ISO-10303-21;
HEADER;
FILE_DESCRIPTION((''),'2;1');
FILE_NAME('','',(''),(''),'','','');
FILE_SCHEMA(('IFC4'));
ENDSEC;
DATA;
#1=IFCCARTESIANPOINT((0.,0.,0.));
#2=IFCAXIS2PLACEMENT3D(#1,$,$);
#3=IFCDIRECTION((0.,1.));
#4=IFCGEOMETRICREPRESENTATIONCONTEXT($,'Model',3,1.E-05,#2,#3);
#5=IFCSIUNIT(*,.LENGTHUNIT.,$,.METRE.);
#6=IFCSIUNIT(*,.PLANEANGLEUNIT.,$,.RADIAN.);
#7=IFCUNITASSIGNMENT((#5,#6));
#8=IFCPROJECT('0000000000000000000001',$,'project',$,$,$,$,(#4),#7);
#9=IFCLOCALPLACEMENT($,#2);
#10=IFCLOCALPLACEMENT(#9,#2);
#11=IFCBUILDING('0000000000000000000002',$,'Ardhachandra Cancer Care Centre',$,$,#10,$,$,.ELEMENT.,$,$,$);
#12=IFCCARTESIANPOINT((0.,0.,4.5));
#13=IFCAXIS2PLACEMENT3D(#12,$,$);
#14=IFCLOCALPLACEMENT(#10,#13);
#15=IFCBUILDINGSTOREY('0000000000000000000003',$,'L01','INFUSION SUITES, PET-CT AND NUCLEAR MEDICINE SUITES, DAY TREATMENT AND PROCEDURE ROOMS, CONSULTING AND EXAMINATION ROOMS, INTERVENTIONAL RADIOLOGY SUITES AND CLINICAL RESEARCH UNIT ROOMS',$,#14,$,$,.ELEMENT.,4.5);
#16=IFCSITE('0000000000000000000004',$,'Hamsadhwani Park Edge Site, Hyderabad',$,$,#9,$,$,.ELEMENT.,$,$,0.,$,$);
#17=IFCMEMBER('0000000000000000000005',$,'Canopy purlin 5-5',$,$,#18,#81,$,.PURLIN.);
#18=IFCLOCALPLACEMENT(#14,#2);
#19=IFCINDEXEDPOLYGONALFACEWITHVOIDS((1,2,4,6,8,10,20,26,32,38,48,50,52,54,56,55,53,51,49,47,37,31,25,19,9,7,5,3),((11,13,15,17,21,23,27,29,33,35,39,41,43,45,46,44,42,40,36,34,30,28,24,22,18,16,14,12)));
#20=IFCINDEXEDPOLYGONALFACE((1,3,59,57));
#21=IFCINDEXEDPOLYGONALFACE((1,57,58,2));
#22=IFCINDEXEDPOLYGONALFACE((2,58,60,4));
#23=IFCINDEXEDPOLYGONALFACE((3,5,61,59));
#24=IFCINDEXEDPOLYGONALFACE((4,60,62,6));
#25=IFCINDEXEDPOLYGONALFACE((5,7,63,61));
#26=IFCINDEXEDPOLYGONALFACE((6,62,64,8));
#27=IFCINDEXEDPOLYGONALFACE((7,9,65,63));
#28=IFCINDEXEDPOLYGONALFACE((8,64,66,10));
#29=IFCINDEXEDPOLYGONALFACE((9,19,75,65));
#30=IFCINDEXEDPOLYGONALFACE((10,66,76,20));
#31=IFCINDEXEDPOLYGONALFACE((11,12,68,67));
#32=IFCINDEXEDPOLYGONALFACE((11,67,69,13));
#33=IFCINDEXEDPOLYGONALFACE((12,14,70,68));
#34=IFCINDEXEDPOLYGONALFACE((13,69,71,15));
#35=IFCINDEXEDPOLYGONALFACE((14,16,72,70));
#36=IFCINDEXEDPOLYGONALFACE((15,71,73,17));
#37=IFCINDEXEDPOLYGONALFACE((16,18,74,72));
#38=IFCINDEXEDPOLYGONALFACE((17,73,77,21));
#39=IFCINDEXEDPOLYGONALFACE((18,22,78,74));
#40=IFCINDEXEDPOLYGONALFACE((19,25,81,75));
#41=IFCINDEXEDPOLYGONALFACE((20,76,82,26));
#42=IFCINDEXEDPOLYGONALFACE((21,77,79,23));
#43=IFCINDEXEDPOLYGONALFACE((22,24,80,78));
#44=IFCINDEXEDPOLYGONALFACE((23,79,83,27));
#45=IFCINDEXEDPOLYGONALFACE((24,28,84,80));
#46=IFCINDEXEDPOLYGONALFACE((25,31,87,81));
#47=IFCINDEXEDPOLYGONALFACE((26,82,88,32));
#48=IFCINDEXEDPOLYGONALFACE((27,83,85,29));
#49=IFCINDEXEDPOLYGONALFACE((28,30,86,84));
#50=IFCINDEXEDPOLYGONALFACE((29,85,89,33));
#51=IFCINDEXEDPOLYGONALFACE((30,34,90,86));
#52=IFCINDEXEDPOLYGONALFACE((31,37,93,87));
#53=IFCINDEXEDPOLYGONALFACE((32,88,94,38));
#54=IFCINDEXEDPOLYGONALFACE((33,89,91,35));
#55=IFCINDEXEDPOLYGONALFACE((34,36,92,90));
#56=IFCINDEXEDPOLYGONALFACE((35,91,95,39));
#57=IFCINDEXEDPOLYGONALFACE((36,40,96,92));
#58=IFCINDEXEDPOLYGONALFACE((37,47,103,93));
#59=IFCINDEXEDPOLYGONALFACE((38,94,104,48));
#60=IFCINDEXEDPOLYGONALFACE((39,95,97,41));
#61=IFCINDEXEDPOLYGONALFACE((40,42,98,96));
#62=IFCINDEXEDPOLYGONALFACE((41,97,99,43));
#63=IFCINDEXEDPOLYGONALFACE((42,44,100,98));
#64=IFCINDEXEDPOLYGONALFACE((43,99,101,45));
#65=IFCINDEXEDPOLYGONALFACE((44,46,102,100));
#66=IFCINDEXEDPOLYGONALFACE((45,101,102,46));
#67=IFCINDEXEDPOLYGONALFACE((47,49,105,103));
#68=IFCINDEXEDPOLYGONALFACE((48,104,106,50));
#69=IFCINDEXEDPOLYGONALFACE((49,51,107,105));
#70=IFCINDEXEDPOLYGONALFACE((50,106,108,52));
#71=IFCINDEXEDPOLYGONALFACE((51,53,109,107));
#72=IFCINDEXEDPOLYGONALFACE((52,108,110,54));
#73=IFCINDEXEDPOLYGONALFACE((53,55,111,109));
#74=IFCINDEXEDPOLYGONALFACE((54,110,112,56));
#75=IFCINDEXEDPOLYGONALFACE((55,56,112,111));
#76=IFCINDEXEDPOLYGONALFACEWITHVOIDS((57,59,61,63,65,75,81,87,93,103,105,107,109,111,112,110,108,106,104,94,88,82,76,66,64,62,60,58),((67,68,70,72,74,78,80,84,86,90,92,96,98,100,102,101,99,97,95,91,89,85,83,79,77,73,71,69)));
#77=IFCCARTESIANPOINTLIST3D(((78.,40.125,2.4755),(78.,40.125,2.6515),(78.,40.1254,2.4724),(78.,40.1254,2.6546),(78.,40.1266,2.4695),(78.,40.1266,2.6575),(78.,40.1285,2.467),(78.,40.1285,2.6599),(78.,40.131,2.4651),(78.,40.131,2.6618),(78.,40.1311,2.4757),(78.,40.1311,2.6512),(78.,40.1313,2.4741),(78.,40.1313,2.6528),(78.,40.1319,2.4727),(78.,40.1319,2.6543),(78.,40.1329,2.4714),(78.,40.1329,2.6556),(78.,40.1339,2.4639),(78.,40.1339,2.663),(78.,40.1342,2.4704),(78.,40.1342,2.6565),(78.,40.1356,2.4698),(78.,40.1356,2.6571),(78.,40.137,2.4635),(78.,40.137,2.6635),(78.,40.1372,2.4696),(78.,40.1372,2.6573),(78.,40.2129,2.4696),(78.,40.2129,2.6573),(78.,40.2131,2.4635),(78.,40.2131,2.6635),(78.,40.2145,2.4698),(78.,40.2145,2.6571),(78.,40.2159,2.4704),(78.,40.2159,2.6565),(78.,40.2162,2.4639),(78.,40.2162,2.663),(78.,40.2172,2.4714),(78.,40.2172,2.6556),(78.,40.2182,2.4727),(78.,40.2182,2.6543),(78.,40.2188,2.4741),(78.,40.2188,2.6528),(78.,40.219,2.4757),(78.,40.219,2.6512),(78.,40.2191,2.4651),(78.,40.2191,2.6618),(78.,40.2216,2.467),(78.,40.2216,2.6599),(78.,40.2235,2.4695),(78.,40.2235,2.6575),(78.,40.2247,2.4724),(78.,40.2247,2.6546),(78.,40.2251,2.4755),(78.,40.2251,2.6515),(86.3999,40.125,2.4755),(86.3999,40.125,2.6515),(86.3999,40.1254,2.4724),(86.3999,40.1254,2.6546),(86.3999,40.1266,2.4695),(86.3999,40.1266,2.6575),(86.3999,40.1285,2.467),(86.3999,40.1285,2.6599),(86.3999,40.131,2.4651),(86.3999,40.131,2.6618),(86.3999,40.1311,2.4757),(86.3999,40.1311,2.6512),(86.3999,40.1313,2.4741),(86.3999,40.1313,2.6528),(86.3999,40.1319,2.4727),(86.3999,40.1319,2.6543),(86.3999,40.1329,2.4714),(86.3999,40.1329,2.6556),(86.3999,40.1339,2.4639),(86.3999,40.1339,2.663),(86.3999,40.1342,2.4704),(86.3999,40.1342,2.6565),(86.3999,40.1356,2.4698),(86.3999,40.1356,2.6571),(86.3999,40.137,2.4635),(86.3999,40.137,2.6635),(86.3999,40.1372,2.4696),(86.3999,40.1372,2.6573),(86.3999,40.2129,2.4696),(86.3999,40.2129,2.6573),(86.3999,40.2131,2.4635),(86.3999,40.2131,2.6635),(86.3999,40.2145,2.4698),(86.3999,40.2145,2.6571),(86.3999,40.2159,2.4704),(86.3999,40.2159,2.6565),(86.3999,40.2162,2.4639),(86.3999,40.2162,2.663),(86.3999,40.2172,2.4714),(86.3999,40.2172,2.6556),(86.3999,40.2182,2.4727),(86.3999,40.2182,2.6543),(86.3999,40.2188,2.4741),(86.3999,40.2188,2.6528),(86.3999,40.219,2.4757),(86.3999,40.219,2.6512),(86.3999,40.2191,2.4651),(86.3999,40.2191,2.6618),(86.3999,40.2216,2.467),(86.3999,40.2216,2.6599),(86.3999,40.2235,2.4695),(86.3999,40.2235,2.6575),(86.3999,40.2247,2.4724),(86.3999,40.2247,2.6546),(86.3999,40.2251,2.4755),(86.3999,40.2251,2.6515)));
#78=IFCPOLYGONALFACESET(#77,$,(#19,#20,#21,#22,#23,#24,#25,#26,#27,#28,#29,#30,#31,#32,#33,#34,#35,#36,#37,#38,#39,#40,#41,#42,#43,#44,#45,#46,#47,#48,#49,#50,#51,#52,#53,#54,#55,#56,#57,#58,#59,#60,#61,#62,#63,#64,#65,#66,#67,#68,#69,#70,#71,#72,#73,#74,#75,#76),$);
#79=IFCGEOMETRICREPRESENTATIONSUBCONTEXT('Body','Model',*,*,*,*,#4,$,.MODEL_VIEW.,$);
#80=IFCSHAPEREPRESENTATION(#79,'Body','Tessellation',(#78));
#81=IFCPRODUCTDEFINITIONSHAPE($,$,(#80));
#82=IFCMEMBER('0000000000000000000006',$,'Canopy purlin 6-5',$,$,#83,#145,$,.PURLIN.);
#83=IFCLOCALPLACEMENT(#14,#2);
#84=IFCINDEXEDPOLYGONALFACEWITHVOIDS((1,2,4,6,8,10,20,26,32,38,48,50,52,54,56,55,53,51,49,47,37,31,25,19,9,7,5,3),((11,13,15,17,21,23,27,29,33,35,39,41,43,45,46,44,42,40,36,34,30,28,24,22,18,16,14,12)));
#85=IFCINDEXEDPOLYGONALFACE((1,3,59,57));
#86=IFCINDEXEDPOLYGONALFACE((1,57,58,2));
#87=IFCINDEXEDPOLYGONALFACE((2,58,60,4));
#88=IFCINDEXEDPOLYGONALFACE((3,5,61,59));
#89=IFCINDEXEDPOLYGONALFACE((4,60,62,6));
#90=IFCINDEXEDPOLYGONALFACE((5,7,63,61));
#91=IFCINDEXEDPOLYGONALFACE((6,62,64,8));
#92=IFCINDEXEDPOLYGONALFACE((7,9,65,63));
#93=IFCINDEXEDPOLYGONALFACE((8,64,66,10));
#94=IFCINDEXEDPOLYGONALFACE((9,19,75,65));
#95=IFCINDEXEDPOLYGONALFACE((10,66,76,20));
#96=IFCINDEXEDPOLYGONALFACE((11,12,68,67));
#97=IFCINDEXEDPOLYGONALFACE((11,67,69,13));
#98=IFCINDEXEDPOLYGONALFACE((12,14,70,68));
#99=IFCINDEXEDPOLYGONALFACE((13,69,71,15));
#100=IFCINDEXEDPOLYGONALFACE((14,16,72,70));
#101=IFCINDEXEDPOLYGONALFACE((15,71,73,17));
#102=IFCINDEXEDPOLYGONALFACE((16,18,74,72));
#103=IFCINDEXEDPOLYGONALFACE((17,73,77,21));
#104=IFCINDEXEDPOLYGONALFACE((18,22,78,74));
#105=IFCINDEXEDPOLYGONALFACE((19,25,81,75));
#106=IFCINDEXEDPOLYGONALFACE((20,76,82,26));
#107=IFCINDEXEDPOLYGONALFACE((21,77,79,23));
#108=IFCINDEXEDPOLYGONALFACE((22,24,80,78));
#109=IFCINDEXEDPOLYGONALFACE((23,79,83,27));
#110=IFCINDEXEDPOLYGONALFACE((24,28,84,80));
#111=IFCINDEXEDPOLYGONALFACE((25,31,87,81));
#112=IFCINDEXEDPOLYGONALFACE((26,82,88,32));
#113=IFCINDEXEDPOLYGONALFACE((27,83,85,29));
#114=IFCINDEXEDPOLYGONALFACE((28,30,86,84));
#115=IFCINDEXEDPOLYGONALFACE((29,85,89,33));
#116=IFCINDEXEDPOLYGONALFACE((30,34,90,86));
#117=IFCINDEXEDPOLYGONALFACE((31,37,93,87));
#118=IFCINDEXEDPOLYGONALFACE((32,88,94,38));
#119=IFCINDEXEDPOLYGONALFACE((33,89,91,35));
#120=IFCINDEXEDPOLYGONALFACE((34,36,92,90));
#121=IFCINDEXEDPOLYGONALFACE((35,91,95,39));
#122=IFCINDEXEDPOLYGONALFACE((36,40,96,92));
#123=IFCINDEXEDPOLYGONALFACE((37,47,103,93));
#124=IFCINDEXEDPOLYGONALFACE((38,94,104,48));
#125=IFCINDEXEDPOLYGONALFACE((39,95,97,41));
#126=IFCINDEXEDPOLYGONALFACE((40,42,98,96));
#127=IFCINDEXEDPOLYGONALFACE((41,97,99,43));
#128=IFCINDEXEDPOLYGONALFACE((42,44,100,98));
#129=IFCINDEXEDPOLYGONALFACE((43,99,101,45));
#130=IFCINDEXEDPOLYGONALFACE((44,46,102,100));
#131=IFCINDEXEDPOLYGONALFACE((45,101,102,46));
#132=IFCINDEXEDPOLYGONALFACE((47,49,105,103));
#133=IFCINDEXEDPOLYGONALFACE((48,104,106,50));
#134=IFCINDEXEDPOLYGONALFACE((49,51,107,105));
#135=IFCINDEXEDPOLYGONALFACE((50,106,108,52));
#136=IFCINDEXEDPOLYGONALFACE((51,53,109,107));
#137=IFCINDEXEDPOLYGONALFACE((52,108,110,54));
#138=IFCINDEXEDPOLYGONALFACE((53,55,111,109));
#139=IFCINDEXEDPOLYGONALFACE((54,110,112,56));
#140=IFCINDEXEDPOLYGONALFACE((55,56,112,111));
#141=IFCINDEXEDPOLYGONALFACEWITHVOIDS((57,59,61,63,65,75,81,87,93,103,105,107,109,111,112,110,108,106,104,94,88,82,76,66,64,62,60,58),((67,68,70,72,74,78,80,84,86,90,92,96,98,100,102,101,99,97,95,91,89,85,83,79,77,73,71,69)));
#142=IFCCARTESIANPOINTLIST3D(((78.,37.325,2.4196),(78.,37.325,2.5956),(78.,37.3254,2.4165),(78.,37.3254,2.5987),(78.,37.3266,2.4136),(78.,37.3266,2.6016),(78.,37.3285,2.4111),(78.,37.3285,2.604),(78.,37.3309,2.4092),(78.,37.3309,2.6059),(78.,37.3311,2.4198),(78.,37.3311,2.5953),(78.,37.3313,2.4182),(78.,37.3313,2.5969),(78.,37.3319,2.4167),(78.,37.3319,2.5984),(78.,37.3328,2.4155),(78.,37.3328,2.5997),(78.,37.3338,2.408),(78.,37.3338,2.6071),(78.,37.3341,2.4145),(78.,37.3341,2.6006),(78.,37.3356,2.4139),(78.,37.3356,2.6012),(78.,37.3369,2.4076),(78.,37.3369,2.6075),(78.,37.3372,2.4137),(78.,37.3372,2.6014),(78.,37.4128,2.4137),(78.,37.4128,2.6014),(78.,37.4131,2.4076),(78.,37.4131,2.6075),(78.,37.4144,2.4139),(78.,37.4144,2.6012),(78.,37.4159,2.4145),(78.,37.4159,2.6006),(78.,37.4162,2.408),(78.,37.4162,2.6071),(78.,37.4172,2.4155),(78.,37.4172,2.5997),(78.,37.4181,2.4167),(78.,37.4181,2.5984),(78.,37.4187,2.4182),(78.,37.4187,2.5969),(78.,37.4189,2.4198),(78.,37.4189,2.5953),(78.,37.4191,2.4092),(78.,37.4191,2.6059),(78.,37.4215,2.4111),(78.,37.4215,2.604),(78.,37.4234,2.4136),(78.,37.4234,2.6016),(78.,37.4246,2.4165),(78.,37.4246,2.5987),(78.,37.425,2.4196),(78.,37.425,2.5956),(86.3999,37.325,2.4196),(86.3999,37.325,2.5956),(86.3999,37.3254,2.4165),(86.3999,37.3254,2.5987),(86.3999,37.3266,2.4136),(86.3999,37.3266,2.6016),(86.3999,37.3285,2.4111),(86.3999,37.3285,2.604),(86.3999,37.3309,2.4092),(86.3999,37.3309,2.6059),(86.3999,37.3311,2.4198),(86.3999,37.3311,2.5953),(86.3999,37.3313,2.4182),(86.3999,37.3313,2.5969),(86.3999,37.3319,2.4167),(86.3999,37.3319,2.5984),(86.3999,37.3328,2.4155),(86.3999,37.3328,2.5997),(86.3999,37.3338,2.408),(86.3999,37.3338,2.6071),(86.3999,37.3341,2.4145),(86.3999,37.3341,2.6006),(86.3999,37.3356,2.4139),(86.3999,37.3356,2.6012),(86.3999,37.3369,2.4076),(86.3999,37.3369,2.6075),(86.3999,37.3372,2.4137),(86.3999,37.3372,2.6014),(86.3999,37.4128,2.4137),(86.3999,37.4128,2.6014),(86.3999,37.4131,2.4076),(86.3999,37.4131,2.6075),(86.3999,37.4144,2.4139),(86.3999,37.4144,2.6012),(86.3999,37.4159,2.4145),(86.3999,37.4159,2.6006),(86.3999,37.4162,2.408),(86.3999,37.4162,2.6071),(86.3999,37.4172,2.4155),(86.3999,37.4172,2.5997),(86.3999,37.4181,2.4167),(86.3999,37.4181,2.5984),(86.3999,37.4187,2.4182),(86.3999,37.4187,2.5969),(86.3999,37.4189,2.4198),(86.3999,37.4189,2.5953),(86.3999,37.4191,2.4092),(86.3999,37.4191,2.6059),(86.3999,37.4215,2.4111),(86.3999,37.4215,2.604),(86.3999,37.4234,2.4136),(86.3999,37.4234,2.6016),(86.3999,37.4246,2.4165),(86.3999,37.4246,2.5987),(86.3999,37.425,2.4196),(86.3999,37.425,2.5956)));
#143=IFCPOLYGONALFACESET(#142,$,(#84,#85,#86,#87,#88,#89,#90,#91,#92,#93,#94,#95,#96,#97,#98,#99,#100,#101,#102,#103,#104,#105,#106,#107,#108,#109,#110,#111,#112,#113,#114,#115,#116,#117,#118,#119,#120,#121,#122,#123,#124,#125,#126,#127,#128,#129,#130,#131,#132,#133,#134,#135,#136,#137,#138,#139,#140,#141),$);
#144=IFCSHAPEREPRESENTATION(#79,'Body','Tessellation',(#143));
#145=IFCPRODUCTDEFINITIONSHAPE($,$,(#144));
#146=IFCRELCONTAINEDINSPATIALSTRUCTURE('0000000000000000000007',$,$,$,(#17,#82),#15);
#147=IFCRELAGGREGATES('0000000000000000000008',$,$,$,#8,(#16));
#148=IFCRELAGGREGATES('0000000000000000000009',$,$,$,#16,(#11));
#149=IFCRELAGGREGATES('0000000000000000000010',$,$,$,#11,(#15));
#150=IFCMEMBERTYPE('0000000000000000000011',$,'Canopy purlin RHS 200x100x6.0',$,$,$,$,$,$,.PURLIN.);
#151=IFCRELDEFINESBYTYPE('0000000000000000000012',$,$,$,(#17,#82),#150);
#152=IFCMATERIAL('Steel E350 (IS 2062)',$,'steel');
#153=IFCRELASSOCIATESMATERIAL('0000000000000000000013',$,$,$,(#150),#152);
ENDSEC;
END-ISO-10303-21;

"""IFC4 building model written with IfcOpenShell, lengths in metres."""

from ifc_helpers import new_model, si_unit, direction, frame, origin, origin_2d, place, context, subcontext, project, spatial, hollow_rectangle, extrude, material, material_profile, profile_set, type_object, element, save


model = new_model("IFC4")

# Units and contexts
model_context = context("Model", 3, precision=1e-05, world=origin(), true_north=direction((0.0, 1.0)))
body_context = subcontext(model_context, "Body", "Model", "MODEL_VIEW")
ifc_project = project(units=[si_unit("LENGTHUNIT", "METRE"), si_unit("PLANEANGLEUNIT", "RADIAN")], contexts=[model_context])

# Site, building, storey
site_placement = place(None, origin())
site = spatial("IfcSite", under=ifc_project, at=site_placement, Name="Hamsadhwani Park Edge Site, Hyderabad", CompositionType="ELEMENT", RefElevation=0.0)
building_placement = place(site_placement, origin())
building = spatial("IfcBuilding", under=site, at=building_placement, Name="Ardhachandra Cancer Care Centre", CompositionType="ELEMENT")
storey_placement = place(building_placement, frame((0.0, 0.0, 4.5)))
storey = spatial("IfcBuildingStorey", under=building, at=storey_placement, Name="L01", Description="INFUSION SUITES, PET-CT AND NUCLEAR MEDICINE SUITES, DAY TREATMENT AND PROCEDURE ROOMS, CONSULTING AND EXAMINATION ROOMS, INTERVENTIONAL RADIOLOGY SUITES AND CLINICAL RESEARCH UNIT ROOMS", CompositionType="ELEMENT", Elevation=4.5)

# Members
ifc_material_1 = material(Name="Steel E350 (IS 2062)", Category="steel")
ifc_material_profile_1 = material_profile(ifc_material_1, hollow_rectangle(XDim=0.1001, YDim=0.2, WallThickness=0.0061, InnerFilletRadius=0.0061, OuterFilletRadius=0.012, at=origin_2d()), Name="RHS 200x100x6.0")
ifc_profile_set_1 = profile_set([ifc_material_profile_1], Name="Steel E350 (IS 2062)")
member_type_1 = type_object("IfcMemberType", Name="Canopy purlin RHS 200x100x6.0", PredefinedType="PURLIN", material=ifc_profile_set_1)
for number, where, z_axis, x_axis, name in (
    (1, (78.0, 40.175, 2.5635), (1.0, 0.0, 0.0), (0.0, 1.0, 0.0), "Canopy purlin 5-5"),
    (2, (78.0, 37.375, 2.5076), (1.0, 0.0, 0.0), (0.0, 1.0, 0.0), "Canopy purlin 6-5"),
):
    element("IfcMember", number, at=place(storey_placement, frame(where, z_axis=z_axis, x_axis=x_axis)), inside=storey, type_object=member_type_1, Name=name, PredefinedType="PURLIN", context=body_context, shape_type="SweptSolid", body=[
        extrude(hollow_rectangle(XDim=0.1001, YDim=0.2, WallThickness=0.0061, InnerFilletRadius=0.0061, OuterFilletRadius=0.012, at=origin_2d()), origin(), (0.0, 0.0, 1.0), 8.3999),
    ])

save(model, "model.ifc")
